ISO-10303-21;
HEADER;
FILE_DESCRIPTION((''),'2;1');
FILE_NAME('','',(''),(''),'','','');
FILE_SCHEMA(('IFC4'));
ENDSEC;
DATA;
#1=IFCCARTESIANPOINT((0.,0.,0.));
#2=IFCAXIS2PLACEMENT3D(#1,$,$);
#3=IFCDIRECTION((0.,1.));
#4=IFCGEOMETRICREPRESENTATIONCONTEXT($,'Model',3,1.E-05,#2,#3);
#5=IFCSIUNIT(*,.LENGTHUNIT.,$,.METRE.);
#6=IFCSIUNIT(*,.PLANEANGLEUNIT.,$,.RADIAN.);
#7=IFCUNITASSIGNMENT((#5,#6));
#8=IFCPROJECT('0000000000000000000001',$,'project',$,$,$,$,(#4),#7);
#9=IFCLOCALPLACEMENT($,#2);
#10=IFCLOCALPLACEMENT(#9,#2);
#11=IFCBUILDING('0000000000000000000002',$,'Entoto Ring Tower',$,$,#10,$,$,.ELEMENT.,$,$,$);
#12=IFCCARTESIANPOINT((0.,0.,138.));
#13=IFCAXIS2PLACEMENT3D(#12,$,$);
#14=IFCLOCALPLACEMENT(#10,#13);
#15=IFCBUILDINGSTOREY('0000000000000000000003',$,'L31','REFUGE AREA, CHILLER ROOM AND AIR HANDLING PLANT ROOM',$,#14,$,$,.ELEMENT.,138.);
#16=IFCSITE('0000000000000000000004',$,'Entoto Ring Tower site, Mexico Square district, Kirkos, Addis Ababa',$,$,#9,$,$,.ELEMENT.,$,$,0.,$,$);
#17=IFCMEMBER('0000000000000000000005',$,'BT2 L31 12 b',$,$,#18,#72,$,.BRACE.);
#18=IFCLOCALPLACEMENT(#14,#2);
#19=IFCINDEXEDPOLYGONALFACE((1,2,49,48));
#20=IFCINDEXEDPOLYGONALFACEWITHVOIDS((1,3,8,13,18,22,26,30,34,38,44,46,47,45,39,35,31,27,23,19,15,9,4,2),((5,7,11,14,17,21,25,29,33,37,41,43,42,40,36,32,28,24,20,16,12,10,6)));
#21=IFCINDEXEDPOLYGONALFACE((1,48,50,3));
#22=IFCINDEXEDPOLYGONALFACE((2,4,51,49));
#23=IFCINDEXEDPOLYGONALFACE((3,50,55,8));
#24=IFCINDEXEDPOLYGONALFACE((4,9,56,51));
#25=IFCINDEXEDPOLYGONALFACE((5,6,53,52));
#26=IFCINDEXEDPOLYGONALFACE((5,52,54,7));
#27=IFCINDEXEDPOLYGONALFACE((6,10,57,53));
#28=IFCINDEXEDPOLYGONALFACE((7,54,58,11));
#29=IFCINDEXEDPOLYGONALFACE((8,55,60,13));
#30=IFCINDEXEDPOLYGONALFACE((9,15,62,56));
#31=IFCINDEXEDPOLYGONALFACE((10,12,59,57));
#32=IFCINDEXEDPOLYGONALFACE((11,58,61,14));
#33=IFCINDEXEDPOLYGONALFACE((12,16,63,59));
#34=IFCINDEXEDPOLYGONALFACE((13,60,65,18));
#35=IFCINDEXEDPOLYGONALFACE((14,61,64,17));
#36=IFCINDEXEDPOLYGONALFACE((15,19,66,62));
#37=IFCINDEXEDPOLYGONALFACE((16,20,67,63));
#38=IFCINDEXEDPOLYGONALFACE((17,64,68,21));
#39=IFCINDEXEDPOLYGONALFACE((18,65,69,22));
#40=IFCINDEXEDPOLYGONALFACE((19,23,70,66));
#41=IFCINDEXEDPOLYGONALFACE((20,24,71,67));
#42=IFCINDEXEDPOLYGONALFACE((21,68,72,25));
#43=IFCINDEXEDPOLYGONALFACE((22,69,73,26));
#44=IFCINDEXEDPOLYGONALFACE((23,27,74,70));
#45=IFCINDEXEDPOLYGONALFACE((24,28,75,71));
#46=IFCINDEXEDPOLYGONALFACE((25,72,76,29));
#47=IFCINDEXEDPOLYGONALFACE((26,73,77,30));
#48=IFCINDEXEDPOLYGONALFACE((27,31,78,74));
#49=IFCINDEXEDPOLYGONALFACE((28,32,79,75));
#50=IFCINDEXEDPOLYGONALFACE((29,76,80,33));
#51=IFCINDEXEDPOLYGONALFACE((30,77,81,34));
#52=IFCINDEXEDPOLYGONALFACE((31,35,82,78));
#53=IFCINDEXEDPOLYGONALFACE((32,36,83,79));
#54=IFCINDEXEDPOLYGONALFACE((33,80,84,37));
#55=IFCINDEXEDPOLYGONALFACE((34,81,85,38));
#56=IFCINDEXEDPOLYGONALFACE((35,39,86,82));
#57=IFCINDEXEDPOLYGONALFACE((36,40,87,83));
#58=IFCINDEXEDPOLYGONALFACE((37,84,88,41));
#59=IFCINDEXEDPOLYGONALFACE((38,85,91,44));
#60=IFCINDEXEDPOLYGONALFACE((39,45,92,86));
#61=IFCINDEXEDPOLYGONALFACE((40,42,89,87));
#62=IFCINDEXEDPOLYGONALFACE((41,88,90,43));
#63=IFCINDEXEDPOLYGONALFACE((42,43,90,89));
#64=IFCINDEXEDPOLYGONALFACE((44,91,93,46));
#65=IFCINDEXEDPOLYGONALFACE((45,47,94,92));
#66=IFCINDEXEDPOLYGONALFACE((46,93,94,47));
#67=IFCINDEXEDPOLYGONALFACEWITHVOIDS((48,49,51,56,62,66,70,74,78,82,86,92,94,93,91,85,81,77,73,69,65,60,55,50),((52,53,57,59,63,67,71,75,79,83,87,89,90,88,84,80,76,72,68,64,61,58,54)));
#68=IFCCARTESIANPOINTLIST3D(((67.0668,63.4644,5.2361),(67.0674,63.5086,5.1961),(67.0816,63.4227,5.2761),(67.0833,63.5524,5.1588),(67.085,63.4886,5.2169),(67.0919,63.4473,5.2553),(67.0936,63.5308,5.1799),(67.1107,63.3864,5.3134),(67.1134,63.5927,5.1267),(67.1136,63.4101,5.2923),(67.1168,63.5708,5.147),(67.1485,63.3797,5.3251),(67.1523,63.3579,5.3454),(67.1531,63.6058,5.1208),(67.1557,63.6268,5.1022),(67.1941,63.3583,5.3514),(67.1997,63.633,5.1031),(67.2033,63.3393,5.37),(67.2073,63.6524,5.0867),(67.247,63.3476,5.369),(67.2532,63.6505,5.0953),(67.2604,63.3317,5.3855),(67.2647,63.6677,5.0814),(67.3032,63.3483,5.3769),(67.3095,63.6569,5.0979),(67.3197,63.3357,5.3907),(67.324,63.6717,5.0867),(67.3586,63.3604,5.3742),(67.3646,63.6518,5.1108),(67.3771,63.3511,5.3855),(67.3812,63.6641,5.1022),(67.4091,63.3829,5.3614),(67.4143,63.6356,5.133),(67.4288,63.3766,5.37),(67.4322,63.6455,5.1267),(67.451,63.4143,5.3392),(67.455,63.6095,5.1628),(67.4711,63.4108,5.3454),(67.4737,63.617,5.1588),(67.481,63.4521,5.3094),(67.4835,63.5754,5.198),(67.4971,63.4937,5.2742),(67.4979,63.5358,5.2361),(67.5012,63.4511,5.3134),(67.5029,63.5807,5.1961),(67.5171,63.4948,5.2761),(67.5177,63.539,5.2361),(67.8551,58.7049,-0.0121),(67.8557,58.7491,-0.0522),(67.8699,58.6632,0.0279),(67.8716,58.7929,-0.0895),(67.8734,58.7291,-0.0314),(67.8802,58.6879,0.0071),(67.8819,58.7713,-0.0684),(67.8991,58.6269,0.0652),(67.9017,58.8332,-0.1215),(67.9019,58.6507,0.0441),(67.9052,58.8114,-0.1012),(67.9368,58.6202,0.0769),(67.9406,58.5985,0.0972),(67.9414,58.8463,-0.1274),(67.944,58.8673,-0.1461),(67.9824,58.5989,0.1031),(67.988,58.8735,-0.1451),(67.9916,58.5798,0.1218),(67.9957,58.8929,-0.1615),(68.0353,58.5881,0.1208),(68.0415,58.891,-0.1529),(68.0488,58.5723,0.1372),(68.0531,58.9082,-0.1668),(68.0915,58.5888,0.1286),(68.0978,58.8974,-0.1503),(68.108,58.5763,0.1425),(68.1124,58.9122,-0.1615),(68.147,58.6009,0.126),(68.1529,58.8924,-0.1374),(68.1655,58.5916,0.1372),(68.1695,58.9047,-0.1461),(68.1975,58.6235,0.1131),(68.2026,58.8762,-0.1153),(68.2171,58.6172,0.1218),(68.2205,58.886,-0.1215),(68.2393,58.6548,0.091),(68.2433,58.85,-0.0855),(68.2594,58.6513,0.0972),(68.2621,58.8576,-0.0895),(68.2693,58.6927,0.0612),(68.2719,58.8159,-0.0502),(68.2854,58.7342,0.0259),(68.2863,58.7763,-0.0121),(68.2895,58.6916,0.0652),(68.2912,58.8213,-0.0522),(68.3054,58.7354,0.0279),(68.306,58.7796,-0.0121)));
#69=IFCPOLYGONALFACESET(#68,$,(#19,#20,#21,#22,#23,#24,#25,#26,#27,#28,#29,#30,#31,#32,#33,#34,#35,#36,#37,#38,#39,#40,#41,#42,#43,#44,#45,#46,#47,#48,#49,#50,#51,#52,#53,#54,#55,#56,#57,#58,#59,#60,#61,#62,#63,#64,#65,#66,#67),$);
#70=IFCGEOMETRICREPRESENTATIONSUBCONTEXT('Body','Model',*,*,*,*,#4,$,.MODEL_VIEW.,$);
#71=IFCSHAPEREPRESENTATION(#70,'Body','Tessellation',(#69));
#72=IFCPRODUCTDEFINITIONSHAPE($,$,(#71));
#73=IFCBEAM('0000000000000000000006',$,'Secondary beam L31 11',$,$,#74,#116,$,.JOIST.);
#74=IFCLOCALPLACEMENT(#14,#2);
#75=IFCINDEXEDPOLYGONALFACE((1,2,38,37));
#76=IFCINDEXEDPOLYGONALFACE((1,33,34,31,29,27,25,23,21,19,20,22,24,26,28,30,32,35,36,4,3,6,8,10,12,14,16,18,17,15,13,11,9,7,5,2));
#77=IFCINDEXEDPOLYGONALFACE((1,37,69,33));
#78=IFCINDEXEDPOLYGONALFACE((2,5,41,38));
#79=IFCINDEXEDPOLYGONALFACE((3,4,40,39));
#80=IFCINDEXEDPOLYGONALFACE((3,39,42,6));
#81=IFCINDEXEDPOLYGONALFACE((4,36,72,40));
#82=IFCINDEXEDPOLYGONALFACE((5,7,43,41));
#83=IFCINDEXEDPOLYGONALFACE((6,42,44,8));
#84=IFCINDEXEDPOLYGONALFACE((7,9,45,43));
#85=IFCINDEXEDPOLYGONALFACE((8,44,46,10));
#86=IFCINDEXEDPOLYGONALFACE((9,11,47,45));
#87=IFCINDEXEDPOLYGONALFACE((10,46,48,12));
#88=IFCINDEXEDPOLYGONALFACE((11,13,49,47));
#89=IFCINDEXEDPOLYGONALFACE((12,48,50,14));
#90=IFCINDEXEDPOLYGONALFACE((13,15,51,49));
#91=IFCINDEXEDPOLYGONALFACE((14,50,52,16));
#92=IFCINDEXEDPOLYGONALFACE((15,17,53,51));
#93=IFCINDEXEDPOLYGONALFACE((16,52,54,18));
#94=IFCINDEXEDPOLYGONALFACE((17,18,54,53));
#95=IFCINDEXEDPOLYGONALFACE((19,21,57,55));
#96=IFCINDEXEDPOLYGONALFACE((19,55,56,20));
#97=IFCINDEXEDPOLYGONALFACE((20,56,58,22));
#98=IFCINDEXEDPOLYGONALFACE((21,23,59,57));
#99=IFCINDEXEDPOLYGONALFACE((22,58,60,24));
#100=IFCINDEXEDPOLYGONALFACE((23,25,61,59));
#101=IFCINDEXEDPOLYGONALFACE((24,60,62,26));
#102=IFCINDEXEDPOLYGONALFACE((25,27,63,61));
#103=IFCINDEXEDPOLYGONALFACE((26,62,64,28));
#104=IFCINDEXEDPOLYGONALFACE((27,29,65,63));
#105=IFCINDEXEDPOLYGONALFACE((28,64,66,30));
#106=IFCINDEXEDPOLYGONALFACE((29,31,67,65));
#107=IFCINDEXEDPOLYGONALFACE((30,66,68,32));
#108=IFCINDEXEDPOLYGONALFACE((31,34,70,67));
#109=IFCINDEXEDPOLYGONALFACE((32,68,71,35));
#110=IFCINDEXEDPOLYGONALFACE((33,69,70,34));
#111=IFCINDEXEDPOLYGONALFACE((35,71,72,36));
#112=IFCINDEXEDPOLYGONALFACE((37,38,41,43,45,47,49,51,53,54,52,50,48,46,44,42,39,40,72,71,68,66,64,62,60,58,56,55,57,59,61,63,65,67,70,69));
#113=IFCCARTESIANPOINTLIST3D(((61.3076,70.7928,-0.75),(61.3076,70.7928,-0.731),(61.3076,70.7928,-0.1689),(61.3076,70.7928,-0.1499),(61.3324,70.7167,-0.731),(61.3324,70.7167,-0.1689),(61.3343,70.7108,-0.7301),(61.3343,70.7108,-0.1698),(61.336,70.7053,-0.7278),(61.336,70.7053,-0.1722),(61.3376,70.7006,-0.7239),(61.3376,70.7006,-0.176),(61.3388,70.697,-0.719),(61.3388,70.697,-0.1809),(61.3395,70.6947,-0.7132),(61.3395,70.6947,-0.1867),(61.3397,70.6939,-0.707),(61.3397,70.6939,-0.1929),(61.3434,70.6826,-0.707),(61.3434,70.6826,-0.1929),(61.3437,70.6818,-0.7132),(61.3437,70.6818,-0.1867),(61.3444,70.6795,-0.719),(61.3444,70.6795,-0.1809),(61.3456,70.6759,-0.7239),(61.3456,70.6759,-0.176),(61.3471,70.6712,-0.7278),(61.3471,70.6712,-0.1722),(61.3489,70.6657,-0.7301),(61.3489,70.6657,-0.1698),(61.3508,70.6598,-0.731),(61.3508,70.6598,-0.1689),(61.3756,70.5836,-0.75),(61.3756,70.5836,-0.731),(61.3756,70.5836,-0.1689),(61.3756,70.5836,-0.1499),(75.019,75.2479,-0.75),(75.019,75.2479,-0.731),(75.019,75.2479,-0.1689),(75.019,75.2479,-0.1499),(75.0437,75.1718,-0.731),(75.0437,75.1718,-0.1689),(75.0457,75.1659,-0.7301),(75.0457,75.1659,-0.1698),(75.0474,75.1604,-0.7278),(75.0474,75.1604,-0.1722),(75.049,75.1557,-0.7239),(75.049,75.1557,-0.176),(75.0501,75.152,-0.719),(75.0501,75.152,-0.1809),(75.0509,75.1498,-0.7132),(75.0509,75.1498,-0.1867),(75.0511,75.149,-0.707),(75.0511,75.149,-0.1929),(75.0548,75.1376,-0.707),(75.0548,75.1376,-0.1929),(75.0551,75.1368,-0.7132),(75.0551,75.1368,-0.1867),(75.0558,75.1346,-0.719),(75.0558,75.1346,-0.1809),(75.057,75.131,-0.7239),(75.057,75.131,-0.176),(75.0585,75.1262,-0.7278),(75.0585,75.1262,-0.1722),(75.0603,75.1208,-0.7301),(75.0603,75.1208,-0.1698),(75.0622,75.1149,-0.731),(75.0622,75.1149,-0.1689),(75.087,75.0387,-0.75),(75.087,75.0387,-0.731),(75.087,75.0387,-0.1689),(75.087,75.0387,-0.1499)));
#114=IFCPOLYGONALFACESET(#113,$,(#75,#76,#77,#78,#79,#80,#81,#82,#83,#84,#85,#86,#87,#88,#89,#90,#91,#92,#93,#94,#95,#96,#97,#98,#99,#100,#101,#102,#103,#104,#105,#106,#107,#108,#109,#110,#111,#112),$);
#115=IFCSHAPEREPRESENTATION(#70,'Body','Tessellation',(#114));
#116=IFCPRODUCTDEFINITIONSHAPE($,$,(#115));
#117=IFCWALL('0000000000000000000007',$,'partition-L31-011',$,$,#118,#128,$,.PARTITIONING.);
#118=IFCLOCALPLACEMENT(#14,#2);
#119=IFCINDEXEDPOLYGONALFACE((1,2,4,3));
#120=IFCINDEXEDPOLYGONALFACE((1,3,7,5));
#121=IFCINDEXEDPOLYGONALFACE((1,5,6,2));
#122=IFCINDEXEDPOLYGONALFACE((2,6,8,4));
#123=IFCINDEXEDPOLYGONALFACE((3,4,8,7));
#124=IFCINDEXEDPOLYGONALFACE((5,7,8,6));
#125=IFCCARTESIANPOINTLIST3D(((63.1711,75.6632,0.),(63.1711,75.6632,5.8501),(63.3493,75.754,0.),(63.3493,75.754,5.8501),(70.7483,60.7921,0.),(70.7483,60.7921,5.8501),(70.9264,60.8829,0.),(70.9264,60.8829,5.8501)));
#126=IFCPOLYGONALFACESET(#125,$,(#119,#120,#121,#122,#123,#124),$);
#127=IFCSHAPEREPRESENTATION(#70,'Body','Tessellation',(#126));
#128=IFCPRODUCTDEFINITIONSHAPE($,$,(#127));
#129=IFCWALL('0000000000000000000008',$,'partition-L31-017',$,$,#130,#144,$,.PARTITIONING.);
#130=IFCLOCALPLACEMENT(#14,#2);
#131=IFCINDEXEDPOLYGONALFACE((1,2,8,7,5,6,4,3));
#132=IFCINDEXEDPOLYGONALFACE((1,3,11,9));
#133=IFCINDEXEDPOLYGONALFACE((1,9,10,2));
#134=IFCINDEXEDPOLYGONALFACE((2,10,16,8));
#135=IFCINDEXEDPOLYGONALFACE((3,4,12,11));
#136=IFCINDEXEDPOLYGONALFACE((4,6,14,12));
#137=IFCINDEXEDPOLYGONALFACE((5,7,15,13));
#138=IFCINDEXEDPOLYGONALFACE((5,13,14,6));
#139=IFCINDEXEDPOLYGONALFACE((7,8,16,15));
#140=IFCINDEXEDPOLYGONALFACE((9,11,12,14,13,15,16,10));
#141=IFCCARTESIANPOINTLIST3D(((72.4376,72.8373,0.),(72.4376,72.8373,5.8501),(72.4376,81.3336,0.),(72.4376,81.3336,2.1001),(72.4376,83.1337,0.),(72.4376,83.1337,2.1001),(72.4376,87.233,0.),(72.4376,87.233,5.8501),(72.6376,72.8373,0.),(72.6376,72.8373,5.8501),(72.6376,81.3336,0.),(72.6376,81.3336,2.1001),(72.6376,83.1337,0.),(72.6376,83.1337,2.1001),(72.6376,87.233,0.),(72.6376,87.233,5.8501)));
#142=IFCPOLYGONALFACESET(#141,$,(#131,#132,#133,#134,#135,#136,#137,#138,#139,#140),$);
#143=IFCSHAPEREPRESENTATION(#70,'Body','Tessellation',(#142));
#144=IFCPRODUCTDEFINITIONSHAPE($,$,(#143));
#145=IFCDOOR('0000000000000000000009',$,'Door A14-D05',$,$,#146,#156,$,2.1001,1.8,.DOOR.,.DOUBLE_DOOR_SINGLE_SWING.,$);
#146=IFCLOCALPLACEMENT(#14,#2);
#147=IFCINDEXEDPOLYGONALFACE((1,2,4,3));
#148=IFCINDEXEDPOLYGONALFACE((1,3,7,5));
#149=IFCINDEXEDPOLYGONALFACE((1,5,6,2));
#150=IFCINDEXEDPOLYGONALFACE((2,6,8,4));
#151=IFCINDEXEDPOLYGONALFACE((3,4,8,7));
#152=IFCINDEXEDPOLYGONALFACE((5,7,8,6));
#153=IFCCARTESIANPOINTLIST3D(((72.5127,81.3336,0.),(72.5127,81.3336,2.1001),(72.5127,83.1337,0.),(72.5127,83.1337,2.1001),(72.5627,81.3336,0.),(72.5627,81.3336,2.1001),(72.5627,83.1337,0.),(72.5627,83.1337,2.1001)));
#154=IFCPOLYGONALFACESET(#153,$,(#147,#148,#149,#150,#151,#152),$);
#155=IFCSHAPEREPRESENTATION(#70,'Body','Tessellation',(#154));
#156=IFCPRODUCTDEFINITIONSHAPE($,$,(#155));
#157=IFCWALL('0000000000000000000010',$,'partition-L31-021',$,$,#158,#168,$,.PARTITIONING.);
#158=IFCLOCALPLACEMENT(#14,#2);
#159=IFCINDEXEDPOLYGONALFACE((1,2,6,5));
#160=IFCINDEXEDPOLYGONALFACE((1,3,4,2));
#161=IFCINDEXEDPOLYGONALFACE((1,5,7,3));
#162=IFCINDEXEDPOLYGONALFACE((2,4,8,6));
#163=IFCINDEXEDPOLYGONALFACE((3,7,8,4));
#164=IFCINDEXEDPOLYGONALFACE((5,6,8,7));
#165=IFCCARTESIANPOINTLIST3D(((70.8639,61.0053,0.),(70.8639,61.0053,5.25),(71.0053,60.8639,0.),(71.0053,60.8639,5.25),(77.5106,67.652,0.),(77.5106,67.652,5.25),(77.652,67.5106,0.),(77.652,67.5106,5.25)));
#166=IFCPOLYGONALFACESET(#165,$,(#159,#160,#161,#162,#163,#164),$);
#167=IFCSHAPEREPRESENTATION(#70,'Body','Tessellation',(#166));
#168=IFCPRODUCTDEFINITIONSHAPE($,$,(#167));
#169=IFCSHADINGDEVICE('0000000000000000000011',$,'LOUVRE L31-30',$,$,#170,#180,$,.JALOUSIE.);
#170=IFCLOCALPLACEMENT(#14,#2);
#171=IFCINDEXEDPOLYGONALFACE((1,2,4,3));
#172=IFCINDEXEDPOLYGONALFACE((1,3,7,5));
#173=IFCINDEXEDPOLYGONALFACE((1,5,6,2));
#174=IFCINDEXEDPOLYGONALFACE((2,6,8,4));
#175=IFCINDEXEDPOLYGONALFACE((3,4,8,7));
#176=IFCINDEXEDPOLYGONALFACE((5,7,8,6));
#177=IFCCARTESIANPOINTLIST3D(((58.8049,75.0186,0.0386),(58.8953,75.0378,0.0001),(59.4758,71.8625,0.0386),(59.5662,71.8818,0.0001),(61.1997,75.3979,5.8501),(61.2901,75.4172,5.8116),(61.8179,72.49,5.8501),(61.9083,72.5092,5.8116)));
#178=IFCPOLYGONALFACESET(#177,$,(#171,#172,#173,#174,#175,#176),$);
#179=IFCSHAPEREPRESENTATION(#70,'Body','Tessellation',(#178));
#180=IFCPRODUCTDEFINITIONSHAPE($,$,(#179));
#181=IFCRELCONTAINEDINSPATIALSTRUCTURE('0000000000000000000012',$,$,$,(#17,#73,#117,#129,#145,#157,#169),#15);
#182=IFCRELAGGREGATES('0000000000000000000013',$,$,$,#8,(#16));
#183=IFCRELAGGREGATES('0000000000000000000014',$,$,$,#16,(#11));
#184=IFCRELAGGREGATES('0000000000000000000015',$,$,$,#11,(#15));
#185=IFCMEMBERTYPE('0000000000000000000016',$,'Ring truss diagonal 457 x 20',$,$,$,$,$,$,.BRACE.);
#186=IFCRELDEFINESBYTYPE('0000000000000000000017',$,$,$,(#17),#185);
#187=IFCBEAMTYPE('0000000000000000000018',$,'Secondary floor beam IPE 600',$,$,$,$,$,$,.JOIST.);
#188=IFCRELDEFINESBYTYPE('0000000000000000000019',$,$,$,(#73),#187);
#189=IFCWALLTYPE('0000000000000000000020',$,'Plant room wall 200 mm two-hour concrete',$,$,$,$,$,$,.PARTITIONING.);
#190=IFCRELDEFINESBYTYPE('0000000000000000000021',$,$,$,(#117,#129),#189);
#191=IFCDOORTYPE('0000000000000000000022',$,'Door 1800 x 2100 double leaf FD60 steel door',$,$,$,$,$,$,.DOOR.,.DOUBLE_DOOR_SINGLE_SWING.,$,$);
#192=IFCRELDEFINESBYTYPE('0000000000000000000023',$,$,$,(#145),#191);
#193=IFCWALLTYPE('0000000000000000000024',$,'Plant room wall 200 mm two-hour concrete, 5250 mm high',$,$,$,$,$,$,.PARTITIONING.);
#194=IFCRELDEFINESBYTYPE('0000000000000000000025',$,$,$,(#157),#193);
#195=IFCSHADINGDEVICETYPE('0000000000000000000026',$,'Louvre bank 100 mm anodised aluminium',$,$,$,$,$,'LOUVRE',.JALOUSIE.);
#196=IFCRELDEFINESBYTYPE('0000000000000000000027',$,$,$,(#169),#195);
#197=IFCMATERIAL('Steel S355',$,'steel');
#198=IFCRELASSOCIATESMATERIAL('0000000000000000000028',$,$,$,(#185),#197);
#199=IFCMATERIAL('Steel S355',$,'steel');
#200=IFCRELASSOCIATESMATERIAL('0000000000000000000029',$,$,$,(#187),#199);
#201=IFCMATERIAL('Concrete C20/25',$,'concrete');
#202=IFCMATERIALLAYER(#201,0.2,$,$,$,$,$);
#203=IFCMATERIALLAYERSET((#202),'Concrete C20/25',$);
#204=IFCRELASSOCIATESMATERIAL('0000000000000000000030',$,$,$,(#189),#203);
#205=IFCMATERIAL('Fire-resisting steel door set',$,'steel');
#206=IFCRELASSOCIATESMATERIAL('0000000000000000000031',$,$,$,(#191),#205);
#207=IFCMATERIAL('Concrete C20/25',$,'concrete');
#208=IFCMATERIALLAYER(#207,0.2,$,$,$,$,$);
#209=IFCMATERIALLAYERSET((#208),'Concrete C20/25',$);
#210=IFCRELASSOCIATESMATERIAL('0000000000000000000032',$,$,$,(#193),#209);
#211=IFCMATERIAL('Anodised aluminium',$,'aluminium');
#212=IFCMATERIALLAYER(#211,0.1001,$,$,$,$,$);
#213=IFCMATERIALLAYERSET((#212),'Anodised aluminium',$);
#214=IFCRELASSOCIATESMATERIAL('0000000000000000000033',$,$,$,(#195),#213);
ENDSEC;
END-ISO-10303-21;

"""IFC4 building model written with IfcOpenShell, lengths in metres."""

from ifc_helpers import new_model, si_unit, direction, frame, frame_2d, origin, origin_2d, place, context, subcontext, project, spatial, polyline, rectangle, circle, hollow_circle, i_section, outline, extrude, material, layer, layer_set, material_profile, profile_set, type_object, element, fill, save


model = new_model("IFC4")

# Units and contexts
model_context = context("Model", 3, precision=1e-05, world=origin(), true_north=direction((0.0, 1.0)))
body_context = subcontext(model_context, "Body", "Model", "MODEL_VIEW")
ifc_project = project(units=[si_unit("LENGTHUNIT", "METRE"), si_unit("PLANEANGLEUNIT", "RADIAN")], contexts=[model_context])

# Site, building, storey
site_placement = place(None, origin())
site = spatial("IfcSite", under=ifc_project, at=site_placement, Name="Entoto Ring Tower site, Mexico Square district, Kirkos, Addis Ababa", CompositionType="ELEMENT", RefElevation=0.0)
building_placement = place(site_placement, origin())
building = spatial("IfcBuilding", under=site, at=building_placement, Name="Entoto Ring Tower", CompositionType="ELEMENT")
storey_placement = place(building_placement, frame((0.0, 0.0, 138.0)))
storey = spatial("IfcBuildingStorey", under=building, at=storey_placement, Name="L31", Description="REFUGE AREA, CHILLER ROOM AND AIR HANDLING PLANT ROOM", CompositionType="ELEMENT", Elevation=138.0)

# Member
ifc_material_1 = material(Name="Steel S355", Category="steel")
ifc_material_profile_1 = material_profile(ifc_material_1, hollow_circle(Radius=0.2285, WallThickness=0.02, at=origin_2d()), Name="CHS 457 x 20")
ifc_material_2 = material(Name="Concrete C60/75", Category="concrete")
ifc_material_profile_2 = material_profile(ifc_material_2, circle(Radius=0.2085, at=origin_2d()), Name="Concrete C60/75 infill")
ifc_profile_set_1 = profile_set([ifc_material_profile_1, ifc_material_profile_2], Name="Steel S355")
member_type_1 = type_object("IfcMemberType", Name="Ring truss diagonal 457 x 20", PredefinedType="BRACE", material=ifc_profile_set_1)
member_1_placement = place(storey_placement, frame((67.2922, 63.5017, 5.2361), z_axis=(0.110585, -0.667652, -0.736215), x_axis=(0.986559, 0.163406, 0.0)))
element("IfcMember", 1, at=member_1_placement, inside=storey, type_object=member_type_1, Name="BT2 L31 12 b", PredefinedType="BRACE", context=body_context, shape_type="SweptSolid", body=[
    extrude(hollow_circle(Radius=0.2285, WallThickness=0.02, at=origin_2d()), origin(), (0.0, 0.0, 1.0), 7.1287),
])

# Beam
ifc_material_3 = material(Name="Steel S355", Category="steel")
ifc_material_profile_3 = material_profile(ifc_material_3, i_section(OverallWidth=0.22, OverallDepth=0.6001, WebThickness=0.012, FlangeThickness=0.019, FilletRadius=0.0239, at=origin_2d()), Name="IPE 600")
ifc_profile_set_2 = profile_set([ifc_material_profile_3], Name="Steel S355")
beam_type_1 = type_object("IfcBeamType", Name="Secondary floor beam IPE 600", PredefinedType="JOIST", material=ifc_profile_set_2)
beam_1_placement = place(storey_placement, frame((75.053, 75.1433, -0.45), z_axis=(-0.951057, -0.309015, 0.0), x_axis=(0.309015, -0.951057, 0.0)))
element("IfcBeam", 2, at=beam_1_placement, inside=storey, type_object=beam_type_1, Name="Secondary beam L31 11", PredefinedType="JOIST", context=body_context, shape_type="SweptSolid", body=[
    extrude(i_section(OverallWidth=0.22, OverallDepth=0.6001, WebThickness=0.012, FlangeThickness=0.019, FilletRadius=0.0239, at=origin_2d()), origin(), (0.0, 0.0, 1.0), 14.417),
])

# Wall
ifc_material_4 = material(Name="Concrete C20/25", Category="concrete")
ifc_layer_1 = layer(ifc_material_4, 0.2)
ifc_layer_set_1 = layer_set([ifc_layer_1], Name="Concrete C20/25")
wall_type_1 = type_object("IfcWallType", Name="Plant room wall 200 mm two-hour concrete", PredefinedType="PARTITIONING", material=ifc_layer_set_1)
wall_1_placement = place(storey_placement, frame((70.8374, 60.8374, 0.0), z_axis=(0.0, 0.0, 1.0), x_axis=(-0.453988, 0.891008, 0.0)))
element("IfcWall", 3, at=wall_1_placement, inside=storey, type_object=wall_type_1, Name="partition-L31-011", PredefinedType="PARTITIONING", context=body_context, shape_type="SweptSolid", body=[
    extrude(rectangle(XDim=16.6902, YDim=0.2, at=frame_2d((8.3452, 0.0))), origin(), (0.0, 0.0, 1.0), 5.8501),
])

# Wall, opening, door
wall_2_placement = place(storey_placement, frame((72.5376, 72.8374, 0.0), z_axis=(0.0, 0.0, 1.0), x_axis=(0.0, 1.0, 0.0)))
wall_2 = element("IfcWall", 4, at=wall_2_placement, inside=storey, type_object=wall_type_1, Name="partition-L31-017", PredefinedType="PARTITIONING", context=body_context, shape_type="SweptSolid", body=[
    extrude(rectangle(XDim=14.3958, YDim=0.2, at=frame_2d((7.1978, 0.0))), origin(), (0.0, 0.0, 1.0), 5.8501),
])
opening_placement = place(wall_2_placement, frame((8.4963, 0.0, 0.0)))
opening = element("IfcOpeningElement", 5, at=opening_placement, cuts=wall_2, PredefinedType="OPENING", context=body_context, shape_type="SweptSolid", body=[
    extrude(rectangle(XDim=1.8, YDim=2.1001, at=frame_2d((0.8999, 1.05))), frame((0.0, 0.1099, 0.0), z_axis=(0.0, -1.0, 0.0), x_axis=(1.0, 0.0, 0.0)), (0.0, 0.0, 1.0), 0.22),
])
ifc_material_5 = material(Name="Fire-resisting steel door set", Category="steel")
door_type = type_object("IfcDoorType", Name="Door 1800 x 2100 double leaf FD60 steel door", OperationType="DOUBLE_DOOR_SINGLE_SWING", PredefinedType="DOOR", material=ifc_material_5)
door_placement = place(opening_placement, origin())
door = element("IfcDoor", 6, at=door_placement, inside=storey, type_object=door_type, Name="Door A14-D05", OperationType="DOUBLE_DOOR_SINGLE_SWING", OverallHeight=2.1001, OverallWidth=1.8, PredefinedType="DOOR", context=body_context, shape_type="SweptSolid", body=[
    extrude(rectangle(XDim=1.8, YDim=2.1001, at=frame_2d((0.8999, 1.05))), frame((0.0, 0.0249, 0.0), z_axis=(0.0, -1.0, 0.0), x_axis=(1.0, 0.0, 0.0)), (0.0, 0.0, 1.0), 0.05),
])
fill(opening, door)

# Wall
ifc_material_6 = material(Name="Concrete C20/25", Category="concrete")
ifc_layer_2 = layer(ifc_material_6, 0.2)
ifc_layer_set_2 = layer_set([ifc_layer_2], Name="Concrete C20/25")
wall_type_2 = type_object("IfcWallType", Name="Plant room wall 200 mm two-hour concrete, 5250 mm high", PredefinedType="PARTITIONING", material=ifc_layer_set_2)
wall_3_placement = place(storey_placement, frame((70.9346, 60.9346, 0.0), z_axis=(0.0, 0.0, 1.0), x_axis=(0.707107, 0.707107, 0.0)))
element("IfcWall", 7, at=wall_3_placement, inside=storey, type_object=wall_type_2, Name="partition-L31-021", PredefinedType="PARTITIONING", context=body_context, shape_type="SweptSolid", body=[
    extrude(rectangle(XDim=9.3999, YDim=0.2, at=frame_2d((4.7, 0.0))), origin(), (0.0, 0.0, 1.0), 5.25),
])

# Shading device
ifc_material_7 = material(Name="Anodised aluminium", Category="aluminium")
ifc_layer_3 = layer(ifc_material_7, 0.1001)
ifc_layer_set_3 = layer_set([ifc_layer_3], Name="Anodised aluminium")
shading_device_type = type_object("IfcShadingDeviceType", Name="Louvre bank 100 mm anodised aluminium", ElementType="LOUVRE", PredefinedType="JALOUSIE", material=ifc_layer_set_3)
shading_device_1_placement = place(storey_placement, frame((58.8049, 75.0186, 0.0386), z_axis=(-0.90291, -0.191938, 0.384595), x_axis=(0.207931, -0.978143, 0.0)))
element("IfcShadingDevice", 8, at=shading_device_1_placement, inside=storey, type_object=shading_device_type, Name="LOUVRE L31-30", PredefinedType="JALOUSIE", context=body_context, shape_type="SweptSolid", body=[
    extrude(outline(polyline([(0.0, 0.0), (3.2265, 0.0), (3.0998, 6.2958), (0.1268, 6.2958), (0.0, 0.0)])), origin(), (0.0, 0.0, -1.0), 0.1001),
])

save(model, "model.ifc")
